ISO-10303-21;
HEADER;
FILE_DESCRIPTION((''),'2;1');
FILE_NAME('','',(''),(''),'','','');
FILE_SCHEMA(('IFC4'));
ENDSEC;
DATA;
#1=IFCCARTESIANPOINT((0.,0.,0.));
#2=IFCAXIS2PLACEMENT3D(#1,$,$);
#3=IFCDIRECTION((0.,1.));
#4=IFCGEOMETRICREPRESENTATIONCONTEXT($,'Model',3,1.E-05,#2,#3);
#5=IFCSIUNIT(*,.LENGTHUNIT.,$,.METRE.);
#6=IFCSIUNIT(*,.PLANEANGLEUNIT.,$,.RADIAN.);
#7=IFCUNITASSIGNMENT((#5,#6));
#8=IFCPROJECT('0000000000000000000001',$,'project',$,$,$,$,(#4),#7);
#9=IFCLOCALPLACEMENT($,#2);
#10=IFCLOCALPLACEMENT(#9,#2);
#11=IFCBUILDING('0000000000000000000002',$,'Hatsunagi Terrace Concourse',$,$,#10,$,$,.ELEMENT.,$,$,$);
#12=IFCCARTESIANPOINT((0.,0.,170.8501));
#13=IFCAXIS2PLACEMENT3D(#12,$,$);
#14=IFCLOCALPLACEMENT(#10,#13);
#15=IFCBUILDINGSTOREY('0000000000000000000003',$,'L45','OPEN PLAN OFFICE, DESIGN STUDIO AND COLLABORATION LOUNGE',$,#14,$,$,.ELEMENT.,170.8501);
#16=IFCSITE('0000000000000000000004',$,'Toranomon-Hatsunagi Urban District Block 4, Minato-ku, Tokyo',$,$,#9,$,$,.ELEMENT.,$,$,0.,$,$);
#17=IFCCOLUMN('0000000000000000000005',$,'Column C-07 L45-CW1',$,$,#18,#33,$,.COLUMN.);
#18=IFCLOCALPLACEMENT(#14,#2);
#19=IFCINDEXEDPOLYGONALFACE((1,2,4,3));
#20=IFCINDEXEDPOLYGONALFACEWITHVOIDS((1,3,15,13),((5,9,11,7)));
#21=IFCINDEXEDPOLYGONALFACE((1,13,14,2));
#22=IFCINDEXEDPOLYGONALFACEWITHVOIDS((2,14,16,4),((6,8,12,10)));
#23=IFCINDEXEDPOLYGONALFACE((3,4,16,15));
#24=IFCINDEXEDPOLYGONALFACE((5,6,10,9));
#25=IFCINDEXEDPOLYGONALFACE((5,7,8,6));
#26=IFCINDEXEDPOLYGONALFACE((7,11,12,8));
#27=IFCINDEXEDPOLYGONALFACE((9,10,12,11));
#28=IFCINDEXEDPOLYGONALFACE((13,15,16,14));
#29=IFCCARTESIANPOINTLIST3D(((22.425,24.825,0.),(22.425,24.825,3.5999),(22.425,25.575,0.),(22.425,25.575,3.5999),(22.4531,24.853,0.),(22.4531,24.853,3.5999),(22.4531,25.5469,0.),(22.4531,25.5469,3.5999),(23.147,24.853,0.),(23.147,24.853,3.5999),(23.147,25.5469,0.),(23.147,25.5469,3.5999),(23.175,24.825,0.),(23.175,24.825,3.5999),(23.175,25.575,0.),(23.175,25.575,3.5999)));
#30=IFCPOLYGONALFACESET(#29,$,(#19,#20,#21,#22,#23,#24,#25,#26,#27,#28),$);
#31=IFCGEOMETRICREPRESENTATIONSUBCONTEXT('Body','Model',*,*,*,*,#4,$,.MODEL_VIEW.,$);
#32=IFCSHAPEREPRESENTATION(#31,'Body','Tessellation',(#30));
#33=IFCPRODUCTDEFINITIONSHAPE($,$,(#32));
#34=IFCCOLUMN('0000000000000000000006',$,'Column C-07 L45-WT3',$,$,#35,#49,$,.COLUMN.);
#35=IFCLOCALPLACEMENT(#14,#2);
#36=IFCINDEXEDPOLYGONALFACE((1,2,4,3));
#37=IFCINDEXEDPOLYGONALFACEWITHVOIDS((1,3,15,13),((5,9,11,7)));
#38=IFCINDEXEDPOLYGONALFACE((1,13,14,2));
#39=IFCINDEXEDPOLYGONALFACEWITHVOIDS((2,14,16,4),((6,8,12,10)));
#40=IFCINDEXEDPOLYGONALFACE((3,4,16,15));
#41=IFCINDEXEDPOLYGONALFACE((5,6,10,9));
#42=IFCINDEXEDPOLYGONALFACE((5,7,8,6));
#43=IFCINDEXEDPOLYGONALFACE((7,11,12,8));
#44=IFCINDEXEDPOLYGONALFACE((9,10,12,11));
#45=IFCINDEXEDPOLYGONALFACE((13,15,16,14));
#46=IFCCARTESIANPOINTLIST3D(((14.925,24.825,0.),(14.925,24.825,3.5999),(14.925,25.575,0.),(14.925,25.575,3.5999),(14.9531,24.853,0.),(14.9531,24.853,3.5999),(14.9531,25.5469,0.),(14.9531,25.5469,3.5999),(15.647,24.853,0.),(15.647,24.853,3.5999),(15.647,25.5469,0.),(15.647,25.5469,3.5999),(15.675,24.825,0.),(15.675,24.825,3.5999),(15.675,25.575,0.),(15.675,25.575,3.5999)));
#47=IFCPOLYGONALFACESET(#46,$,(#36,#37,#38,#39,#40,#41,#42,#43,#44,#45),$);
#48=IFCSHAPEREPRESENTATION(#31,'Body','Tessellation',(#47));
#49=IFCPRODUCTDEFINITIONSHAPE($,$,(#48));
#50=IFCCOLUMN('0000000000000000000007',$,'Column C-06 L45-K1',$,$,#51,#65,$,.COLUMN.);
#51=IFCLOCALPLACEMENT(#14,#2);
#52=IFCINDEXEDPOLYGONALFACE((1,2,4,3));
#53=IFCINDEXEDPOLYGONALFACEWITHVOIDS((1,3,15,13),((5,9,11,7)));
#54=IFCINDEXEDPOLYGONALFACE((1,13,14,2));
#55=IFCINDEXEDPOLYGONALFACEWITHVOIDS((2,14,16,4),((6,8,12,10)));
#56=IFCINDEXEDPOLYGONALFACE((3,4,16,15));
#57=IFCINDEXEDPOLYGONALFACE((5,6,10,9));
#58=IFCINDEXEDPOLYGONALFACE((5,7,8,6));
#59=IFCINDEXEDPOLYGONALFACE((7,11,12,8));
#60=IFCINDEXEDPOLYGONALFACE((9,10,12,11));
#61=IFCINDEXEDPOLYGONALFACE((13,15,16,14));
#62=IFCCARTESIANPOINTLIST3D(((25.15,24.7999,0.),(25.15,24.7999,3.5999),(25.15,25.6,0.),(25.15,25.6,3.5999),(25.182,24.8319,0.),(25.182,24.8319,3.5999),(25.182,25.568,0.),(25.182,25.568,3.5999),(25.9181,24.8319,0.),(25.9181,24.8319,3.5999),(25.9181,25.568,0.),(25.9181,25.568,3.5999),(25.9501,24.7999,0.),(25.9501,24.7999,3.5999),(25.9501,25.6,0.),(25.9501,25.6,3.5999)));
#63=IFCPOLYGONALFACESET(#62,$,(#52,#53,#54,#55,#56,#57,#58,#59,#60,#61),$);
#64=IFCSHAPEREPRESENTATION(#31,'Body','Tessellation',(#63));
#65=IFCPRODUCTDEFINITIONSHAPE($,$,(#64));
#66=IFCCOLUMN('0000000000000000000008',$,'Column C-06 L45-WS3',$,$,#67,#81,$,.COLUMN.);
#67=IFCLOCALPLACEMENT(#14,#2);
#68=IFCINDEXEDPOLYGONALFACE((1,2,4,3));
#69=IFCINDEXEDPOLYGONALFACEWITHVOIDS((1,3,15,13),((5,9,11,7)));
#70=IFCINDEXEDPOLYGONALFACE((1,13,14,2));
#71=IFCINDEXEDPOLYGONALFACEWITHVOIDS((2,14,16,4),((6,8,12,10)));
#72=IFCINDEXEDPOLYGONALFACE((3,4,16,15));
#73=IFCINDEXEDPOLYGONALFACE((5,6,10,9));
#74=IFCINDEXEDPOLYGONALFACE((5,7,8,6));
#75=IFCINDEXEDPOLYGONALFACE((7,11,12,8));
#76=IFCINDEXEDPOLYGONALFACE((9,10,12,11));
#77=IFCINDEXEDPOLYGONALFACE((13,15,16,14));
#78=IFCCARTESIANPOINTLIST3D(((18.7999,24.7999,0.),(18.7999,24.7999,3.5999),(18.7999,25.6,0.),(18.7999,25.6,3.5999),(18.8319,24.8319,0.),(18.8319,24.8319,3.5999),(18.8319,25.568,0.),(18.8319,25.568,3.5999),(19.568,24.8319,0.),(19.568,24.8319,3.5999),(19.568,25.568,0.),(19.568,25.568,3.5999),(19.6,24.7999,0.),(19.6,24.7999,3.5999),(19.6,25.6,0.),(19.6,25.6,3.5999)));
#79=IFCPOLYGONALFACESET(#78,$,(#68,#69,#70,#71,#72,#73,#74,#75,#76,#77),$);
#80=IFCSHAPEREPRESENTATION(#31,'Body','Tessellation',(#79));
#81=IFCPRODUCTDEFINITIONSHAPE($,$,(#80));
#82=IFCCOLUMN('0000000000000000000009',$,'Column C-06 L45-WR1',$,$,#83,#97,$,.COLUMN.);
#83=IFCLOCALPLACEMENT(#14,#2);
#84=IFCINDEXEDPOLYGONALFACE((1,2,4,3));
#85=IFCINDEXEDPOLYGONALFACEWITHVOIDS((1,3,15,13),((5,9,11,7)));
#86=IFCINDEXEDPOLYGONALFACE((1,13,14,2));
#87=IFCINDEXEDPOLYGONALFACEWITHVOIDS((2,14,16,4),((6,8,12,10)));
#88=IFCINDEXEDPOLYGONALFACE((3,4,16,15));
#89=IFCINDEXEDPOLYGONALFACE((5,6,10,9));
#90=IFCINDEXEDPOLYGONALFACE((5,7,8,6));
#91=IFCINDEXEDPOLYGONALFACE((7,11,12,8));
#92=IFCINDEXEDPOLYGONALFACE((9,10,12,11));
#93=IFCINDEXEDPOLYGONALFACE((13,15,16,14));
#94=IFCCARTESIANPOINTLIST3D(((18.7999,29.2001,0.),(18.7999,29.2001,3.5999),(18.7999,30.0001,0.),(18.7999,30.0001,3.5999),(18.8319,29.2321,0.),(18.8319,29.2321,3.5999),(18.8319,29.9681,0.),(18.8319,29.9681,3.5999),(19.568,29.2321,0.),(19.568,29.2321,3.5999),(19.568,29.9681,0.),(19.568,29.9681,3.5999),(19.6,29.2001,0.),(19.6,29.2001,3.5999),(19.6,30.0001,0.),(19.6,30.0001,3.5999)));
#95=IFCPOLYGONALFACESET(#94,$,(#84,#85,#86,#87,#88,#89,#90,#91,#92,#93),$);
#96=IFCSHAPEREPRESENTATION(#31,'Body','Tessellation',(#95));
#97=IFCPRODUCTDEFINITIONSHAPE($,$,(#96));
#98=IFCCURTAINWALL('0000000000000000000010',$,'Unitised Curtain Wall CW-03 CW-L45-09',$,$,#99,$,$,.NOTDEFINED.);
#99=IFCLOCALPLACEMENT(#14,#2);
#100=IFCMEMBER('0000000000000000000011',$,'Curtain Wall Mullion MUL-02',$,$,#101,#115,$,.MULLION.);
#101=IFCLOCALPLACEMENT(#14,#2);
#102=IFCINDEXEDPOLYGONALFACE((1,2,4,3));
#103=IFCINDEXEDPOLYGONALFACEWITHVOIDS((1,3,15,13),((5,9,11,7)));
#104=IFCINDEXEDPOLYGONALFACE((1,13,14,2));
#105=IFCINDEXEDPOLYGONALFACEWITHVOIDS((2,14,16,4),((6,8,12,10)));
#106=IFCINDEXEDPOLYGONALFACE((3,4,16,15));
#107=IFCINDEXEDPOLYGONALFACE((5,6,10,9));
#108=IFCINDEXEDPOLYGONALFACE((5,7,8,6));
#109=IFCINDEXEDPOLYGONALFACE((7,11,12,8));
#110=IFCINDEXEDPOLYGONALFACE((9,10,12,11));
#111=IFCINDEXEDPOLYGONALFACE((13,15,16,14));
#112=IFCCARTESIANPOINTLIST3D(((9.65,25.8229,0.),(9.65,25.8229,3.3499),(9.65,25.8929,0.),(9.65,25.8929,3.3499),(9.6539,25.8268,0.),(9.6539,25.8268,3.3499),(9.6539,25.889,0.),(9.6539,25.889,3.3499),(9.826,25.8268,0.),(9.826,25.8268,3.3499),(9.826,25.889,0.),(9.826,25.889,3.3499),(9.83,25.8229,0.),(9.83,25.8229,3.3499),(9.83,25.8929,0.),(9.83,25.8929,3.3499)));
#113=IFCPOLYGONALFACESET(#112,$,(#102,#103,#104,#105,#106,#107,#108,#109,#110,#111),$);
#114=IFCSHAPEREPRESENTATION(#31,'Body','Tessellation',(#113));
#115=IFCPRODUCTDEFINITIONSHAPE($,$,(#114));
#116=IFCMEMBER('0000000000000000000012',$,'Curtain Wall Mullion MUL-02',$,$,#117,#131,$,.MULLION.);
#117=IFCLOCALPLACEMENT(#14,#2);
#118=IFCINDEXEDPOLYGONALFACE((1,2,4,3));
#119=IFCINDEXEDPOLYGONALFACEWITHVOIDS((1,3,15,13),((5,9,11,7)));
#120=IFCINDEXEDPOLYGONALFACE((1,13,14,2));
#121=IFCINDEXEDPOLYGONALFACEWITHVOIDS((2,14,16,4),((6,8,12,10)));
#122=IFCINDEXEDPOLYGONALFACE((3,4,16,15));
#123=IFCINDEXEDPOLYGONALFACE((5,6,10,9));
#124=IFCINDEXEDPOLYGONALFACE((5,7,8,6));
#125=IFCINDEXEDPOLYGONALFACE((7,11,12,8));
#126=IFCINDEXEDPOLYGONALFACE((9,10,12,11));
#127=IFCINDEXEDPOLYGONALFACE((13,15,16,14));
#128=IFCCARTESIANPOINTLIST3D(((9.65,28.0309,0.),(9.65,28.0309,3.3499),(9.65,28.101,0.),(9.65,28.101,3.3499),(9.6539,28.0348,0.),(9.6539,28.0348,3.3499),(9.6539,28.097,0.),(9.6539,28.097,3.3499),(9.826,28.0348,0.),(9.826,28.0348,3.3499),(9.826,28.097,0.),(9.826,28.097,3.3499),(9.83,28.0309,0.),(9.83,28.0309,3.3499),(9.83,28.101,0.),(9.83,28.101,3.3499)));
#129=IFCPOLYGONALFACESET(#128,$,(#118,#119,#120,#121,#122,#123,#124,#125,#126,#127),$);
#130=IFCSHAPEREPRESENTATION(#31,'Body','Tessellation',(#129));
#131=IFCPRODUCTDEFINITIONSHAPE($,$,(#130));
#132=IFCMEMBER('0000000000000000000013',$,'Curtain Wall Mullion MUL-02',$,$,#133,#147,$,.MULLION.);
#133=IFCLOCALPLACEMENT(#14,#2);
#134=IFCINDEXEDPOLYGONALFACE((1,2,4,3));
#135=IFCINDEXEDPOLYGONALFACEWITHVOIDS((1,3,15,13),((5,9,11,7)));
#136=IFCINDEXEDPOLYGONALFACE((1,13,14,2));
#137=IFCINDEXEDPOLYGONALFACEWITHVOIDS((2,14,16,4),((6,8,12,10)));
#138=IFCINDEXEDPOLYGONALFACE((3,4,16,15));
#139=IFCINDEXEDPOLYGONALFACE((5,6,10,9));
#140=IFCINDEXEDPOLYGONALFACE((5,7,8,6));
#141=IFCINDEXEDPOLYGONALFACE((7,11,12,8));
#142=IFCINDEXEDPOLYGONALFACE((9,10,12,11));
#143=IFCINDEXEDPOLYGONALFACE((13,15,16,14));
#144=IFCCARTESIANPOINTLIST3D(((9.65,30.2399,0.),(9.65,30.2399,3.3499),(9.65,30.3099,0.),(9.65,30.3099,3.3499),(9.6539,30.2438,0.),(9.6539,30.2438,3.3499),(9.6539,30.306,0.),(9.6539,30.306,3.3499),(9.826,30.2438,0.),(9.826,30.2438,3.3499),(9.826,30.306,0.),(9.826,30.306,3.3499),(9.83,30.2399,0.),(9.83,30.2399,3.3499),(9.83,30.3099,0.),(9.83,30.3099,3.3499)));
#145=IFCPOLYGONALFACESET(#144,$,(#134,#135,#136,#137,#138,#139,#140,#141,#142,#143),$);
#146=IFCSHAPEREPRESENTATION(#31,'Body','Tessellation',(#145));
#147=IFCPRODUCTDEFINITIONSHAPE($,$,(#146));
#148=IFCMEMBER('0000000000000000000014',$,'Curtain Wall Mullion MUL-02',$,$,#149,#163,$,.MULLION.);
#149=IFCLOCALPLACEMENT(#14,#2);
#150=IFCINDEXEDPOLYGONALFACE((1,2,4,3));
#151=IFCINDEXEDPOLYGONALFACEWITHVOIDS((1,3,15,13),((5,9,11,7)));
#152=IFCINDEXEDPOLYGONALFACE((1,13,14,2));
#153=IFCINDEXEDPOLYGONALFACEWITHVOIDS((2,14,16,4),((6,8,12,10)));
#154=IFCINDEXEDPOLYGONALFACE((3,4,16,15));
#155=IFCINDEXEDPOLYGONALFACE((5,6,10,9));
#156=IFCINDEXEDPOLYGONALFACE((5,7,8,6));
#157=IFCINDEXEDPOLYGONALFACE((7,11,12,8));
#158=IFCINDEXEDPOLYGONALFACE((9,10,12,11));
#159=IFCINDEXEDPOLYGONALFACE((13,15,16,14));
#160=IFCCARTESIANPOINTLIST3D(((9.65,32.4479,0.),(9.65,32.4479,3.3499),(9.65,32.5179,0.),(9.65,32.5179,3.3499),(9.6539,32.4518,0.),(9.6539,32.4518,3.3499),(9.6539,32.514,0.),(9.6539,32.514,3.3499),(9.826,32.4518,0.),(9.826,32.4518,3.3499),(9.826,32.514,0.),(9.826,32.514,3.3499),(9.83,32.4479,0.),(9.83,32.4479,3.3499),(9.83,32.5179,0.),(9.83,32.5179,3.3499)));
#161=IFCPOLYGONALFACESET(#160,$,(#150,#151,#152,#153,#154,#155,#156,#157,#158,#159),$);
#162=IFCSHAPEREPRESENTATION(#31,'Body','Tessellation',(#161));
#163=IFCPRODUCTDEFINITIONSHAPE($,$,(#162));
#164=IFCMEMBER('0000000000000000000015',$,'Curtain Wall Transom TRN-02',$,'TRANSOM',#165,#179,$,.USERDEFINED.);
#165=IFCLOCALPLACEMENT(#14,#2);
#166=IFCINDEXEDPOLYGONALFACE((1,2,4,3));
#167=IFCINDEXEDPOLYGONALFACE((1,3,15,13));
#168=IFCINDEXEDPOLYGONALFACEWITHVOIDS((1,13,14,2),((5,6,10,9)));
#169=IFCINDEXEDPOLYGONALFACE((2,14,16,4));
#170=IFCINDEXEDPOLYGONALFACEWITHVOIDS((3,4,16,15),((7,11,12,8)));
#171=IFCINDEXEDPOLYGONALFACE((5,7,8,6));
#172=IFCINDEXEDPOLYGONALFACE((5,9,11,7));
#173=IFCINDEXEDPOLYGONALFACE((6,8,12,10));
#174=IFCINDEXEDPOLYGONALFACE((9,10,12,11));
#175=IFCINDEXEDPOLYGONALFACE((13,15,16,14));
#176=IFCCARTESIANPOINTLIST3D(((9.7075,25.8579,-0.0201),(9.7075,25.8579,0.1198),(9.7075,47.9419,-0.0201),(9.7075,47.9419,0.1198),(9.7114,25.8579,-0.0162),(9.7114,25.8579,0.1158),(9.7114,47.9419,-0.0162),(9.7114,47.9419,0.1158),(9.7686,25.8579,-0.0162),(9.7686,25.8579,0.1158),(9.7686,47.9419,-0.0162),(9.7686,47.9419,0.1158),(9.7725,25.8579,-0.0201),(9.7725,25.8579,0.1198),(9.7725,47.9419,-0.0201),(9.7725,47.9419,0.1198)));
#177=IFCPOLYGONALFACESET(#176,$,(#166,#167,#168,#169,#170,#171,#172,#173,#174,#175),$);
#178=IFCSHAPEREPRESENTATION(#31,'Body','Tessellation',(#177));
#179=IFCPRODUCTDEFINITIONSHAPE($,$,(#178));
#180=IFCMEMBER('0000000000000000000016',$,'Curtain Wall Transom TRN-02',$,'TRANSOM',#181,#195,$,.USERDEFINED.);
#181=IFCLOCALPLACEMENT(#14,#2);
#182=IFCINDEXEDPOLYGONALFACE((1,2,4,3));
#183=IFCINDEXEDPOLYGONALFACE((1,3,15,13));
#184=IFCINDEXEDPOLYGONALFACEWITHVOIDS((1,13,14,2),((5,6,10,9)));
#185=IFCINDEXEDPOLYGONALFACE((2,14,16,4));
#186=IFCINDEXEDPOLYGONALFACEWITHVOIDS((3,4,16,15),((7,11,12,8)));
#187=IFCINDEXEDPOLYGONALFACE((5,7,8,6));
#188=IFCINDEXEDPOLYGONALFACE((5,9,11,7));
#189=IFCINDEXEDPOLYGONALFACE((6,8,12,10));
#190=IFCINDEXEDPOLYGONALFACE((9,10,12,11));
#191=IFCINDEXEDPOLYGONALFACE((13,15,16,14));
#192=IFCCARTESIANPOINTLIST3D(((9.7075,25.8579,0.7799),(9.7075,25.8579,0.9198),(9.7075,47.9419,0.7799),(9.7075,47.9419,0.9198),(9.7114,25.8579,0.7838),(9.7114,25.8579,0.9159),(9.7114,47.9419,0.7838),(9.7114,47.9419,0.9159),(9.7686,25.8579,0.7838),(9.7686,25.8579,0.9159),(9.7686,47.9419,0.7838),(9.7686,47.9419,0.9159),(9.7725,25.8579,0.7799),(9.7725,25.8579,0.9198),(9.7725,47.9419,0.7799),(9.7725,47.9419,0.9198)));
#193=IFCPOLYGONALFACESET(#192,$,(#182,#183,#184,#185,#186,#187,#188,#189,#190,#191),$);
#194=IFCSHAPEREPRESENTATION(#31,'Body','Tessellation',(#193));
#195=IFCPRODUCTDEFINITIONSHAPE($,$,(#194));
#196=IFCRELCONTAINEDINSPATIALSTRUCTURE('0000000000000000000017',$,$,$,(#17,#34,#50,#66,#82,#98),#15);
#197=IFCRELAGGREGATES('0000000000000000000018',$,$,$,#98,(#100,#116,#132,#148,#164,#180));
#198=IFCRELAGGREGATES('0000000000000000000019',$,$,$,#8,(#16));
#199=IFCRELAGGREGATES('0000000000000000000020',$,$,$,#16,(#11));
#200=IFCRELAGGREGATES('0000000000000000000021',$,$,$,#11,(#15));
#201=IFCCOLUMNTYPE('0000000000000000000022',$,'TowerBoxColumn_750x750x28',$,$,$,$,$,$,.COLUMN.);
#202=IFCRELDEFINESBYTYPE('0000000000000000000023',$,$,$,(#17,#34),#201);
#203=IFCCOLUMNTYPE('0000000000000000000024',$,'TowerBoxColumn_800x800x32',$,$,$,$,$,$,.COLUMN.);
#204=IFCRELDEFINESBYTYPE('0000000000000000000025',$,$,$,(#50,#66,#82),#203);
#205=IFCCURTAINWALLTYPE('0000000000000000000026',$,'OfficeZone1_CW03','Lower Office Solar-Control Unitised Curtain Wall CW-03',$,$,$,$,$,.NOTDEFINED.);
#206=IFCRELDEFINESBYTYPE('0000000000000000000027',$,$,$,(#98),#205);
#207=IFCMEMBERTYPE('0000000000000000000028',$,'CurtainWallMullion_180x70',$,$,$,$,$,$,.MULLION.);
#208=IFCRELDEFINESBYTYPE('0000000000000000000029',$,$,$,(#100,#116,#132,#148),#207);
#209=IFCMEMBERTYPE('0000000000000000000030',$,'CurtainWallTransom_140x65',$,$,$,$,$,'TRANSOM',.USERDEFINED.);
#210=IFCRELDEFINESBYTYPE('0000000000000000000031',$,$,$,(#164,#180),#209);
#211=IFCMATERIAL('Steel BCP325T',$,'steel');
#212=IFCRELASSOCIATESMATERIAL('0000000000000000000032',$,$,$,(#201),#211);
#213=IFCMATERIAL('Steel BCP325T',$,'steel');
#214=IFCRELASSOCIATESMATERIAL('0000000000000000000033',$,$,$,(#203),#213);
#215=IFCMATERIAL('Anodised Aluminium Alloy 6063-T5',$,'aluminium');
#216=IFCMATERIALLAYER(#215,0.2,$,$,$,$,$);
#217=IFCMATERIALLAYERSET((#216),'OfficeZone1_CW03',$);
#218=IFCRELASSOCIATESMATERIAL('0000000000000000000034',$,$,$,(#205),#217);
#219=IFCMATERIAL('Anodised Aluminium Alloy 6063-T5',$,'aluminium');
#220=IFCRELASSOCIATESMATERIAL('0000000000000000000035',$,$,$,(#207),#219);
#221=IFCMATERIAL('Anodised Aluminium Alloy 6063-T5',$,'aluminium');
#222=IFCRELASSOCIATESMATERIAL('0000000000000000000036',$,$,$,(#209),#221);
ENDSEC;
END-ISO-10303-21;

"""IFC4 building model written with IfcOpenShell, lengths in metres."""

from ifc_helpers import new_model, si_unit, direction, frame, origin, origin_2d, place, context, subcontext, project, spatial, hollow_rectangle, extrude, material, layer, layer_set, material_profile, profile_set, type_object, element, aggregate, save


model = new_model("IFC4")

# Units and contexts
model_context = context("Model", 3, precision=1e-05, world=origin(), true_north=direction((0.0, 1.0)))
body_context = subcontext(model_context, "Body", "Model", "MODEL_VIEW")
ifc_project = project(units=[si_unit("LENGTHUNIT", "METRE"), si_unit("PLANEANGLEUNIT", "RADIAN")], contexts=[model_context])

# Site, building, storey
site_placement = place(None, origin())
site = spatial("IfcSite", under=ifc_project, at=site_placement, Name="Toranomon-Hatsunagi Urban District Block 4, Minato-ku, Tokyo", CompositionType="ELEMENT", RefElevation=0.0)
building_placement = place(site_placement, origin())
building = spatial("IfcBuilding", under=site, at=building_placement, Name="Hatsunagi Terrace Concourse", CompositionType="ELEMENT")
storey_placement = place(building_placement, frame((0.0, 0.0, 170.8501)))
storey = spatial("IfcBuildingStorey", under=building, at=storey_placement, Name="L45", Description="OPEN PLAN OFFICE, DESIGN STUDIO AND COLLABORATION LOUNGE", CompositionType="ELEMENT", Elevation=170.8501)

# Columns
ifc_material_1 = material(Name="Steel BCP325T", Category="steel")
ifc_material_profile_1 = material_profile(ifc_material_1, hollow_rectangle(XDim=0.75, YDim=0.75, WallThickness=0.0281, at=origin_2d()), Name="BCP-750x750x28")
ifc_profile_set_1 = profile_set([ifc_material_profile_1], Name="Steel BCP325T")
column_type_1 = type_object("IfcColumnType", Name="TowerBoxColumn_750x750x28", PredefinedType="COLUMN", material=ifc_profile_set_1)
for number, where, z_axis, x_axis, name in (
    (1, (22.8, 25.2, 0.0), (0.0, 0.0, 1.0), (1.0, 0.0, 0.0), "Column C-07 L45-CW1"),
    (2, (15.3, 25.2, 0.0), (0.0, 0.0, 1.0), (1.0, 0.0, 0.0), "Column C-07 L45-WT3"),
):
    element("IfcColumn", number, at=place(storey_placement, frame(where, z_axis=z_axis, x_axis=x_axis)), inside=storey, type_object=column_type_1, Name=name, PredefinedType="COLUMN", context=body_context, shape_type="SweptSolid", body=[
        extrude(hollow_rectangle(XDim=0.75, YDim=0.75, WallThickness=0.0281, at=origin_2d()), origin(), (0.0, 0.0, 1.0), 3.5999),
    ])
ifc_material_2 = material(Name="Steel BCP325T", Category="steel")
ifc_material_profile_2 = material_profile(ifc_material_2, hollow_rectangle(XDim=0.8, YDim=0.8, WallThickness=0.032, at=origin_2d()), Name="BCP-800x800x32")
ifc_profile_set_2 = profile_set([ifc_material_profile_2], Name="Steel BCP325T")
column_type_2 = type_object("IfcColumnType", Name="TowerBoxColumn_800x800x32", PredefinedType="COLUMN", material=ifc_profile_set_2)
for number, where, z_axis, x_axis, name in (
    (3, (25.55, 25.2, 0.0), (0.0, 0.0, 1.0), (1.0, 0.0, 0.0), "Column C-06 L45-K1"),
    (4, (19.2, 25.2, 0.0), (0.0, 0.0, 1.0), (1.0, 0.0, 0.0), "Column C-06 L45-WS3"),
    (5, (19.2, 29.6001, 0.0), (0.0, 0.0, 1.0), (1.0, 0.0, 0.0), "Column C-06 L45-WR1"),
):
    element("IfcColumn", number, at=place(storey_placement, frame(where, z_axis=z_axis, x_axis=x_axis)), inside=storey, type_object=column_type_2, Name=name, PredefinedType="COLUMN", context=body_context, shape_type="SweptSolid", body=[
        extrude(hollow_rectangle(XDim=0.8, YDim=0.8, WallThickness=0.032, at=origin_2d()), origin(), (0.0, 0.0, 1.0), 3.5999),
    ])

# Curtain wall, members
ifc_material_3 = material(Name="Anodised Aluminium Alloy 6063-T5", Category="aluminium")
ifc_layer_1 = layer(ifc_material_3, 0.2)
ifc_layer_set_1 = layer_set([ifc_layer_1], Name="OfficeZone1_CW03")
curtain_wall_type = type_object("IfcCurtainWallType", Name="OfficeZone1_CW03", Description="Lower Office Solar-Control Unitised Curtain Wall CW-03", PredefinedType="NOTDEFINED", material=ifc_layer_set_1)
curtain_wall_placement = place(storey_placement, origin())
curtain_wall = element("IfcCurtainWall", 6, at=curtain_wall_placement, inside=storey, type_object=curtain_wall_type, Name="Unitised Curtain Wall CW-03 CW-L45-09", PredefinedType="NOTDEFINED")
ifc_material_4 = material(Name="Anodised Aluminium Alloy 6063-T5", Category="aluminium")
ifc_material_profile_3 = material_profile(ifc_material_4, hollow_rectangle(XDim=0.0701, YDim=0.1799, WallThickness=0.0039, at=origin_2d()), Name="ALU-MUL-180x70x4")
ifc_profile_set_3 = profile_set([ifc_material_profile_3], Name="Anodised Aluminium Alloy 6063-T5")
member_type_1 = type_object("IfcMemberType", Name="CurtainWallMullion_180x70", PredefinedType="MULLION", material=ifc_profile_set_3)
member_1_placement = place(storey_placement, frame((9.74, 25.8579, 0.0), z_axis=(0.0, 0.0, 1.0), x_axis=(0.0, 1.0, 0.0)))
member_1 = element("IfcMember", 7, at=member_1_placement, type_object=member_type_1, Name="Curtain Wall Mullion MUL-02", PredefinedType="MULLION", context=body_context, shape_type="SweptSolid", body=[
    extrude(hollow_rectangle(XDim=0.0701, YDim=0.1799, WallThickness=0.0039, at=origin_2d()), origin(), (0.0, 0.0, 1.0), 3.3499),
])
member_2_placement = place(storey_placement, frame((9.74, 28.0659, 0.0), z_axis=(0.0, 0.0, 1.0), x_axis=(0.0, 1.0, 0.0)))
member_2 = element("IfcMember", 8, at=member_2_placement, type_object=member_type_1, Name="Curtain Wall Mullion MUL-02", PredefinedType="MULLION", context=body_context, shape_type="SweptSolid", body=[
    extrude(hollow_rectangle(XDim=0.0701, YDim=0.1799, WallThickness=0.0039, at=origin_2d()), origin(), (0.0, 0.0, 1.0), 3.3499),
])
member_3_placement = place(storey_placement, frame((9.74, 30.2749, 0.0), z_axis=(0.0, 0.0, 1.0), x_axis=(0.0, 1.0, 0.0)))
member_3 = element("IfcMember", 9, at=member_3_placement, type_object=member_type_1, Name="Curtain Wall Mullion MUL-02", PredefinedType="MULLION", context=body_context, shape_type="SweptSolid", body=[
    extrude(hollow_rectangle(XDim=0.0701, YDim=0.1799, WallThickness=0.0039, at=origin_2d()), origin(), (0.0, 0.0, 1.0), 3.3499),
])
member_4_placement = place(storey_placement, frame((9.74, 32.4829, 0.0), z_axis=(0.0, 0.0, 1.0), x_axis=(0.0, 1.0, 0.0)))
member_4 = element("IfcMember", 10, at=member_4_placement, type_object=member_type_1, Name="Curtain Wall Mullion MUL-02", PredefinedType="MULLION", context=body_context, shape_type="SweptSolid", body=[
    extrude(hollow_rectangle(XDim=0.0701, YDim=0.1799, WallThickness=0.0039, at=origin_2d()), origin(), (0.0, 0.0, 1.0), 3.3499),
])
ifc_material_5 = material(Name="Anodised Aluminium Alloy 6063-T5", Category="aluminium")
ifc_material_profile_4 = material_profile(ifc_material_5, hollow_rectangle(XDim=0.0649, YDim=0.1399, WallThickness=0.0039, at=origin_2d()), Name="ALU-TRN-140x65x4")
ifc_profile_set_4 = profile_set([ifc_material_profile_4], Name="Anodised Aluminium Alloy 6063-T5")
member_type_2 = type_object("IfcMemberType", Name="CurtainWallTransom_140x65", ElementType="TRANSOM", PredefinedType="USERDEFINED", material=ifc_profile_set_4)
member_5_placement = place(storey_placement, frame((9.74, 25.8579, 0.0498), z_axis=(0.0, 1.0, 0.0), x_axis=(-1.0, 0.0, 0.0)))
member_5 = element("IfcMember", 11, at=member_5_placement, type_object=member_type_2, Name="Curtain Wall Transom TRN-02", ObjectType="TRANSOM", PredefinedType="USERDEFINED", context=body_context, shape_type="SweptSolid", body=[
    extrude(hollow_rectangle(XDim=0.0649, YDim=0.1399, WallThickness=0.0039, at=origin_2d()), origin(), (0.0, 0.0, 1.0), 22.084),
])
member_6_placement = place(storey_placement, frame((9.74, 25.8579, 0.8499), z_axis=(0.0, 1.0, 0.0), x_axis=(-1.0, 0.0, 0.0)))
member_6 = element("IfcMember", 12, at=member_6_placement, type_object=member_type_2, Name="Curtain Wall Transom TRN-02", ObjectType="TRANSOM", PredefinedType="USERDEFINED", context=body_context, shape_type="SweptSolid", body=[
    extrude(hollow_rectangle(XDim=0.0649, YDim=0.1399, WallThickness=0.0039, at=origin_2d()), origin(), (0.0, 0.0, 1.0), 22.084),
])

aggregate(curtain_wall, [member_1, member_2, member_3, member_4, member_5, member_6])

save(model, "model.ifc")
